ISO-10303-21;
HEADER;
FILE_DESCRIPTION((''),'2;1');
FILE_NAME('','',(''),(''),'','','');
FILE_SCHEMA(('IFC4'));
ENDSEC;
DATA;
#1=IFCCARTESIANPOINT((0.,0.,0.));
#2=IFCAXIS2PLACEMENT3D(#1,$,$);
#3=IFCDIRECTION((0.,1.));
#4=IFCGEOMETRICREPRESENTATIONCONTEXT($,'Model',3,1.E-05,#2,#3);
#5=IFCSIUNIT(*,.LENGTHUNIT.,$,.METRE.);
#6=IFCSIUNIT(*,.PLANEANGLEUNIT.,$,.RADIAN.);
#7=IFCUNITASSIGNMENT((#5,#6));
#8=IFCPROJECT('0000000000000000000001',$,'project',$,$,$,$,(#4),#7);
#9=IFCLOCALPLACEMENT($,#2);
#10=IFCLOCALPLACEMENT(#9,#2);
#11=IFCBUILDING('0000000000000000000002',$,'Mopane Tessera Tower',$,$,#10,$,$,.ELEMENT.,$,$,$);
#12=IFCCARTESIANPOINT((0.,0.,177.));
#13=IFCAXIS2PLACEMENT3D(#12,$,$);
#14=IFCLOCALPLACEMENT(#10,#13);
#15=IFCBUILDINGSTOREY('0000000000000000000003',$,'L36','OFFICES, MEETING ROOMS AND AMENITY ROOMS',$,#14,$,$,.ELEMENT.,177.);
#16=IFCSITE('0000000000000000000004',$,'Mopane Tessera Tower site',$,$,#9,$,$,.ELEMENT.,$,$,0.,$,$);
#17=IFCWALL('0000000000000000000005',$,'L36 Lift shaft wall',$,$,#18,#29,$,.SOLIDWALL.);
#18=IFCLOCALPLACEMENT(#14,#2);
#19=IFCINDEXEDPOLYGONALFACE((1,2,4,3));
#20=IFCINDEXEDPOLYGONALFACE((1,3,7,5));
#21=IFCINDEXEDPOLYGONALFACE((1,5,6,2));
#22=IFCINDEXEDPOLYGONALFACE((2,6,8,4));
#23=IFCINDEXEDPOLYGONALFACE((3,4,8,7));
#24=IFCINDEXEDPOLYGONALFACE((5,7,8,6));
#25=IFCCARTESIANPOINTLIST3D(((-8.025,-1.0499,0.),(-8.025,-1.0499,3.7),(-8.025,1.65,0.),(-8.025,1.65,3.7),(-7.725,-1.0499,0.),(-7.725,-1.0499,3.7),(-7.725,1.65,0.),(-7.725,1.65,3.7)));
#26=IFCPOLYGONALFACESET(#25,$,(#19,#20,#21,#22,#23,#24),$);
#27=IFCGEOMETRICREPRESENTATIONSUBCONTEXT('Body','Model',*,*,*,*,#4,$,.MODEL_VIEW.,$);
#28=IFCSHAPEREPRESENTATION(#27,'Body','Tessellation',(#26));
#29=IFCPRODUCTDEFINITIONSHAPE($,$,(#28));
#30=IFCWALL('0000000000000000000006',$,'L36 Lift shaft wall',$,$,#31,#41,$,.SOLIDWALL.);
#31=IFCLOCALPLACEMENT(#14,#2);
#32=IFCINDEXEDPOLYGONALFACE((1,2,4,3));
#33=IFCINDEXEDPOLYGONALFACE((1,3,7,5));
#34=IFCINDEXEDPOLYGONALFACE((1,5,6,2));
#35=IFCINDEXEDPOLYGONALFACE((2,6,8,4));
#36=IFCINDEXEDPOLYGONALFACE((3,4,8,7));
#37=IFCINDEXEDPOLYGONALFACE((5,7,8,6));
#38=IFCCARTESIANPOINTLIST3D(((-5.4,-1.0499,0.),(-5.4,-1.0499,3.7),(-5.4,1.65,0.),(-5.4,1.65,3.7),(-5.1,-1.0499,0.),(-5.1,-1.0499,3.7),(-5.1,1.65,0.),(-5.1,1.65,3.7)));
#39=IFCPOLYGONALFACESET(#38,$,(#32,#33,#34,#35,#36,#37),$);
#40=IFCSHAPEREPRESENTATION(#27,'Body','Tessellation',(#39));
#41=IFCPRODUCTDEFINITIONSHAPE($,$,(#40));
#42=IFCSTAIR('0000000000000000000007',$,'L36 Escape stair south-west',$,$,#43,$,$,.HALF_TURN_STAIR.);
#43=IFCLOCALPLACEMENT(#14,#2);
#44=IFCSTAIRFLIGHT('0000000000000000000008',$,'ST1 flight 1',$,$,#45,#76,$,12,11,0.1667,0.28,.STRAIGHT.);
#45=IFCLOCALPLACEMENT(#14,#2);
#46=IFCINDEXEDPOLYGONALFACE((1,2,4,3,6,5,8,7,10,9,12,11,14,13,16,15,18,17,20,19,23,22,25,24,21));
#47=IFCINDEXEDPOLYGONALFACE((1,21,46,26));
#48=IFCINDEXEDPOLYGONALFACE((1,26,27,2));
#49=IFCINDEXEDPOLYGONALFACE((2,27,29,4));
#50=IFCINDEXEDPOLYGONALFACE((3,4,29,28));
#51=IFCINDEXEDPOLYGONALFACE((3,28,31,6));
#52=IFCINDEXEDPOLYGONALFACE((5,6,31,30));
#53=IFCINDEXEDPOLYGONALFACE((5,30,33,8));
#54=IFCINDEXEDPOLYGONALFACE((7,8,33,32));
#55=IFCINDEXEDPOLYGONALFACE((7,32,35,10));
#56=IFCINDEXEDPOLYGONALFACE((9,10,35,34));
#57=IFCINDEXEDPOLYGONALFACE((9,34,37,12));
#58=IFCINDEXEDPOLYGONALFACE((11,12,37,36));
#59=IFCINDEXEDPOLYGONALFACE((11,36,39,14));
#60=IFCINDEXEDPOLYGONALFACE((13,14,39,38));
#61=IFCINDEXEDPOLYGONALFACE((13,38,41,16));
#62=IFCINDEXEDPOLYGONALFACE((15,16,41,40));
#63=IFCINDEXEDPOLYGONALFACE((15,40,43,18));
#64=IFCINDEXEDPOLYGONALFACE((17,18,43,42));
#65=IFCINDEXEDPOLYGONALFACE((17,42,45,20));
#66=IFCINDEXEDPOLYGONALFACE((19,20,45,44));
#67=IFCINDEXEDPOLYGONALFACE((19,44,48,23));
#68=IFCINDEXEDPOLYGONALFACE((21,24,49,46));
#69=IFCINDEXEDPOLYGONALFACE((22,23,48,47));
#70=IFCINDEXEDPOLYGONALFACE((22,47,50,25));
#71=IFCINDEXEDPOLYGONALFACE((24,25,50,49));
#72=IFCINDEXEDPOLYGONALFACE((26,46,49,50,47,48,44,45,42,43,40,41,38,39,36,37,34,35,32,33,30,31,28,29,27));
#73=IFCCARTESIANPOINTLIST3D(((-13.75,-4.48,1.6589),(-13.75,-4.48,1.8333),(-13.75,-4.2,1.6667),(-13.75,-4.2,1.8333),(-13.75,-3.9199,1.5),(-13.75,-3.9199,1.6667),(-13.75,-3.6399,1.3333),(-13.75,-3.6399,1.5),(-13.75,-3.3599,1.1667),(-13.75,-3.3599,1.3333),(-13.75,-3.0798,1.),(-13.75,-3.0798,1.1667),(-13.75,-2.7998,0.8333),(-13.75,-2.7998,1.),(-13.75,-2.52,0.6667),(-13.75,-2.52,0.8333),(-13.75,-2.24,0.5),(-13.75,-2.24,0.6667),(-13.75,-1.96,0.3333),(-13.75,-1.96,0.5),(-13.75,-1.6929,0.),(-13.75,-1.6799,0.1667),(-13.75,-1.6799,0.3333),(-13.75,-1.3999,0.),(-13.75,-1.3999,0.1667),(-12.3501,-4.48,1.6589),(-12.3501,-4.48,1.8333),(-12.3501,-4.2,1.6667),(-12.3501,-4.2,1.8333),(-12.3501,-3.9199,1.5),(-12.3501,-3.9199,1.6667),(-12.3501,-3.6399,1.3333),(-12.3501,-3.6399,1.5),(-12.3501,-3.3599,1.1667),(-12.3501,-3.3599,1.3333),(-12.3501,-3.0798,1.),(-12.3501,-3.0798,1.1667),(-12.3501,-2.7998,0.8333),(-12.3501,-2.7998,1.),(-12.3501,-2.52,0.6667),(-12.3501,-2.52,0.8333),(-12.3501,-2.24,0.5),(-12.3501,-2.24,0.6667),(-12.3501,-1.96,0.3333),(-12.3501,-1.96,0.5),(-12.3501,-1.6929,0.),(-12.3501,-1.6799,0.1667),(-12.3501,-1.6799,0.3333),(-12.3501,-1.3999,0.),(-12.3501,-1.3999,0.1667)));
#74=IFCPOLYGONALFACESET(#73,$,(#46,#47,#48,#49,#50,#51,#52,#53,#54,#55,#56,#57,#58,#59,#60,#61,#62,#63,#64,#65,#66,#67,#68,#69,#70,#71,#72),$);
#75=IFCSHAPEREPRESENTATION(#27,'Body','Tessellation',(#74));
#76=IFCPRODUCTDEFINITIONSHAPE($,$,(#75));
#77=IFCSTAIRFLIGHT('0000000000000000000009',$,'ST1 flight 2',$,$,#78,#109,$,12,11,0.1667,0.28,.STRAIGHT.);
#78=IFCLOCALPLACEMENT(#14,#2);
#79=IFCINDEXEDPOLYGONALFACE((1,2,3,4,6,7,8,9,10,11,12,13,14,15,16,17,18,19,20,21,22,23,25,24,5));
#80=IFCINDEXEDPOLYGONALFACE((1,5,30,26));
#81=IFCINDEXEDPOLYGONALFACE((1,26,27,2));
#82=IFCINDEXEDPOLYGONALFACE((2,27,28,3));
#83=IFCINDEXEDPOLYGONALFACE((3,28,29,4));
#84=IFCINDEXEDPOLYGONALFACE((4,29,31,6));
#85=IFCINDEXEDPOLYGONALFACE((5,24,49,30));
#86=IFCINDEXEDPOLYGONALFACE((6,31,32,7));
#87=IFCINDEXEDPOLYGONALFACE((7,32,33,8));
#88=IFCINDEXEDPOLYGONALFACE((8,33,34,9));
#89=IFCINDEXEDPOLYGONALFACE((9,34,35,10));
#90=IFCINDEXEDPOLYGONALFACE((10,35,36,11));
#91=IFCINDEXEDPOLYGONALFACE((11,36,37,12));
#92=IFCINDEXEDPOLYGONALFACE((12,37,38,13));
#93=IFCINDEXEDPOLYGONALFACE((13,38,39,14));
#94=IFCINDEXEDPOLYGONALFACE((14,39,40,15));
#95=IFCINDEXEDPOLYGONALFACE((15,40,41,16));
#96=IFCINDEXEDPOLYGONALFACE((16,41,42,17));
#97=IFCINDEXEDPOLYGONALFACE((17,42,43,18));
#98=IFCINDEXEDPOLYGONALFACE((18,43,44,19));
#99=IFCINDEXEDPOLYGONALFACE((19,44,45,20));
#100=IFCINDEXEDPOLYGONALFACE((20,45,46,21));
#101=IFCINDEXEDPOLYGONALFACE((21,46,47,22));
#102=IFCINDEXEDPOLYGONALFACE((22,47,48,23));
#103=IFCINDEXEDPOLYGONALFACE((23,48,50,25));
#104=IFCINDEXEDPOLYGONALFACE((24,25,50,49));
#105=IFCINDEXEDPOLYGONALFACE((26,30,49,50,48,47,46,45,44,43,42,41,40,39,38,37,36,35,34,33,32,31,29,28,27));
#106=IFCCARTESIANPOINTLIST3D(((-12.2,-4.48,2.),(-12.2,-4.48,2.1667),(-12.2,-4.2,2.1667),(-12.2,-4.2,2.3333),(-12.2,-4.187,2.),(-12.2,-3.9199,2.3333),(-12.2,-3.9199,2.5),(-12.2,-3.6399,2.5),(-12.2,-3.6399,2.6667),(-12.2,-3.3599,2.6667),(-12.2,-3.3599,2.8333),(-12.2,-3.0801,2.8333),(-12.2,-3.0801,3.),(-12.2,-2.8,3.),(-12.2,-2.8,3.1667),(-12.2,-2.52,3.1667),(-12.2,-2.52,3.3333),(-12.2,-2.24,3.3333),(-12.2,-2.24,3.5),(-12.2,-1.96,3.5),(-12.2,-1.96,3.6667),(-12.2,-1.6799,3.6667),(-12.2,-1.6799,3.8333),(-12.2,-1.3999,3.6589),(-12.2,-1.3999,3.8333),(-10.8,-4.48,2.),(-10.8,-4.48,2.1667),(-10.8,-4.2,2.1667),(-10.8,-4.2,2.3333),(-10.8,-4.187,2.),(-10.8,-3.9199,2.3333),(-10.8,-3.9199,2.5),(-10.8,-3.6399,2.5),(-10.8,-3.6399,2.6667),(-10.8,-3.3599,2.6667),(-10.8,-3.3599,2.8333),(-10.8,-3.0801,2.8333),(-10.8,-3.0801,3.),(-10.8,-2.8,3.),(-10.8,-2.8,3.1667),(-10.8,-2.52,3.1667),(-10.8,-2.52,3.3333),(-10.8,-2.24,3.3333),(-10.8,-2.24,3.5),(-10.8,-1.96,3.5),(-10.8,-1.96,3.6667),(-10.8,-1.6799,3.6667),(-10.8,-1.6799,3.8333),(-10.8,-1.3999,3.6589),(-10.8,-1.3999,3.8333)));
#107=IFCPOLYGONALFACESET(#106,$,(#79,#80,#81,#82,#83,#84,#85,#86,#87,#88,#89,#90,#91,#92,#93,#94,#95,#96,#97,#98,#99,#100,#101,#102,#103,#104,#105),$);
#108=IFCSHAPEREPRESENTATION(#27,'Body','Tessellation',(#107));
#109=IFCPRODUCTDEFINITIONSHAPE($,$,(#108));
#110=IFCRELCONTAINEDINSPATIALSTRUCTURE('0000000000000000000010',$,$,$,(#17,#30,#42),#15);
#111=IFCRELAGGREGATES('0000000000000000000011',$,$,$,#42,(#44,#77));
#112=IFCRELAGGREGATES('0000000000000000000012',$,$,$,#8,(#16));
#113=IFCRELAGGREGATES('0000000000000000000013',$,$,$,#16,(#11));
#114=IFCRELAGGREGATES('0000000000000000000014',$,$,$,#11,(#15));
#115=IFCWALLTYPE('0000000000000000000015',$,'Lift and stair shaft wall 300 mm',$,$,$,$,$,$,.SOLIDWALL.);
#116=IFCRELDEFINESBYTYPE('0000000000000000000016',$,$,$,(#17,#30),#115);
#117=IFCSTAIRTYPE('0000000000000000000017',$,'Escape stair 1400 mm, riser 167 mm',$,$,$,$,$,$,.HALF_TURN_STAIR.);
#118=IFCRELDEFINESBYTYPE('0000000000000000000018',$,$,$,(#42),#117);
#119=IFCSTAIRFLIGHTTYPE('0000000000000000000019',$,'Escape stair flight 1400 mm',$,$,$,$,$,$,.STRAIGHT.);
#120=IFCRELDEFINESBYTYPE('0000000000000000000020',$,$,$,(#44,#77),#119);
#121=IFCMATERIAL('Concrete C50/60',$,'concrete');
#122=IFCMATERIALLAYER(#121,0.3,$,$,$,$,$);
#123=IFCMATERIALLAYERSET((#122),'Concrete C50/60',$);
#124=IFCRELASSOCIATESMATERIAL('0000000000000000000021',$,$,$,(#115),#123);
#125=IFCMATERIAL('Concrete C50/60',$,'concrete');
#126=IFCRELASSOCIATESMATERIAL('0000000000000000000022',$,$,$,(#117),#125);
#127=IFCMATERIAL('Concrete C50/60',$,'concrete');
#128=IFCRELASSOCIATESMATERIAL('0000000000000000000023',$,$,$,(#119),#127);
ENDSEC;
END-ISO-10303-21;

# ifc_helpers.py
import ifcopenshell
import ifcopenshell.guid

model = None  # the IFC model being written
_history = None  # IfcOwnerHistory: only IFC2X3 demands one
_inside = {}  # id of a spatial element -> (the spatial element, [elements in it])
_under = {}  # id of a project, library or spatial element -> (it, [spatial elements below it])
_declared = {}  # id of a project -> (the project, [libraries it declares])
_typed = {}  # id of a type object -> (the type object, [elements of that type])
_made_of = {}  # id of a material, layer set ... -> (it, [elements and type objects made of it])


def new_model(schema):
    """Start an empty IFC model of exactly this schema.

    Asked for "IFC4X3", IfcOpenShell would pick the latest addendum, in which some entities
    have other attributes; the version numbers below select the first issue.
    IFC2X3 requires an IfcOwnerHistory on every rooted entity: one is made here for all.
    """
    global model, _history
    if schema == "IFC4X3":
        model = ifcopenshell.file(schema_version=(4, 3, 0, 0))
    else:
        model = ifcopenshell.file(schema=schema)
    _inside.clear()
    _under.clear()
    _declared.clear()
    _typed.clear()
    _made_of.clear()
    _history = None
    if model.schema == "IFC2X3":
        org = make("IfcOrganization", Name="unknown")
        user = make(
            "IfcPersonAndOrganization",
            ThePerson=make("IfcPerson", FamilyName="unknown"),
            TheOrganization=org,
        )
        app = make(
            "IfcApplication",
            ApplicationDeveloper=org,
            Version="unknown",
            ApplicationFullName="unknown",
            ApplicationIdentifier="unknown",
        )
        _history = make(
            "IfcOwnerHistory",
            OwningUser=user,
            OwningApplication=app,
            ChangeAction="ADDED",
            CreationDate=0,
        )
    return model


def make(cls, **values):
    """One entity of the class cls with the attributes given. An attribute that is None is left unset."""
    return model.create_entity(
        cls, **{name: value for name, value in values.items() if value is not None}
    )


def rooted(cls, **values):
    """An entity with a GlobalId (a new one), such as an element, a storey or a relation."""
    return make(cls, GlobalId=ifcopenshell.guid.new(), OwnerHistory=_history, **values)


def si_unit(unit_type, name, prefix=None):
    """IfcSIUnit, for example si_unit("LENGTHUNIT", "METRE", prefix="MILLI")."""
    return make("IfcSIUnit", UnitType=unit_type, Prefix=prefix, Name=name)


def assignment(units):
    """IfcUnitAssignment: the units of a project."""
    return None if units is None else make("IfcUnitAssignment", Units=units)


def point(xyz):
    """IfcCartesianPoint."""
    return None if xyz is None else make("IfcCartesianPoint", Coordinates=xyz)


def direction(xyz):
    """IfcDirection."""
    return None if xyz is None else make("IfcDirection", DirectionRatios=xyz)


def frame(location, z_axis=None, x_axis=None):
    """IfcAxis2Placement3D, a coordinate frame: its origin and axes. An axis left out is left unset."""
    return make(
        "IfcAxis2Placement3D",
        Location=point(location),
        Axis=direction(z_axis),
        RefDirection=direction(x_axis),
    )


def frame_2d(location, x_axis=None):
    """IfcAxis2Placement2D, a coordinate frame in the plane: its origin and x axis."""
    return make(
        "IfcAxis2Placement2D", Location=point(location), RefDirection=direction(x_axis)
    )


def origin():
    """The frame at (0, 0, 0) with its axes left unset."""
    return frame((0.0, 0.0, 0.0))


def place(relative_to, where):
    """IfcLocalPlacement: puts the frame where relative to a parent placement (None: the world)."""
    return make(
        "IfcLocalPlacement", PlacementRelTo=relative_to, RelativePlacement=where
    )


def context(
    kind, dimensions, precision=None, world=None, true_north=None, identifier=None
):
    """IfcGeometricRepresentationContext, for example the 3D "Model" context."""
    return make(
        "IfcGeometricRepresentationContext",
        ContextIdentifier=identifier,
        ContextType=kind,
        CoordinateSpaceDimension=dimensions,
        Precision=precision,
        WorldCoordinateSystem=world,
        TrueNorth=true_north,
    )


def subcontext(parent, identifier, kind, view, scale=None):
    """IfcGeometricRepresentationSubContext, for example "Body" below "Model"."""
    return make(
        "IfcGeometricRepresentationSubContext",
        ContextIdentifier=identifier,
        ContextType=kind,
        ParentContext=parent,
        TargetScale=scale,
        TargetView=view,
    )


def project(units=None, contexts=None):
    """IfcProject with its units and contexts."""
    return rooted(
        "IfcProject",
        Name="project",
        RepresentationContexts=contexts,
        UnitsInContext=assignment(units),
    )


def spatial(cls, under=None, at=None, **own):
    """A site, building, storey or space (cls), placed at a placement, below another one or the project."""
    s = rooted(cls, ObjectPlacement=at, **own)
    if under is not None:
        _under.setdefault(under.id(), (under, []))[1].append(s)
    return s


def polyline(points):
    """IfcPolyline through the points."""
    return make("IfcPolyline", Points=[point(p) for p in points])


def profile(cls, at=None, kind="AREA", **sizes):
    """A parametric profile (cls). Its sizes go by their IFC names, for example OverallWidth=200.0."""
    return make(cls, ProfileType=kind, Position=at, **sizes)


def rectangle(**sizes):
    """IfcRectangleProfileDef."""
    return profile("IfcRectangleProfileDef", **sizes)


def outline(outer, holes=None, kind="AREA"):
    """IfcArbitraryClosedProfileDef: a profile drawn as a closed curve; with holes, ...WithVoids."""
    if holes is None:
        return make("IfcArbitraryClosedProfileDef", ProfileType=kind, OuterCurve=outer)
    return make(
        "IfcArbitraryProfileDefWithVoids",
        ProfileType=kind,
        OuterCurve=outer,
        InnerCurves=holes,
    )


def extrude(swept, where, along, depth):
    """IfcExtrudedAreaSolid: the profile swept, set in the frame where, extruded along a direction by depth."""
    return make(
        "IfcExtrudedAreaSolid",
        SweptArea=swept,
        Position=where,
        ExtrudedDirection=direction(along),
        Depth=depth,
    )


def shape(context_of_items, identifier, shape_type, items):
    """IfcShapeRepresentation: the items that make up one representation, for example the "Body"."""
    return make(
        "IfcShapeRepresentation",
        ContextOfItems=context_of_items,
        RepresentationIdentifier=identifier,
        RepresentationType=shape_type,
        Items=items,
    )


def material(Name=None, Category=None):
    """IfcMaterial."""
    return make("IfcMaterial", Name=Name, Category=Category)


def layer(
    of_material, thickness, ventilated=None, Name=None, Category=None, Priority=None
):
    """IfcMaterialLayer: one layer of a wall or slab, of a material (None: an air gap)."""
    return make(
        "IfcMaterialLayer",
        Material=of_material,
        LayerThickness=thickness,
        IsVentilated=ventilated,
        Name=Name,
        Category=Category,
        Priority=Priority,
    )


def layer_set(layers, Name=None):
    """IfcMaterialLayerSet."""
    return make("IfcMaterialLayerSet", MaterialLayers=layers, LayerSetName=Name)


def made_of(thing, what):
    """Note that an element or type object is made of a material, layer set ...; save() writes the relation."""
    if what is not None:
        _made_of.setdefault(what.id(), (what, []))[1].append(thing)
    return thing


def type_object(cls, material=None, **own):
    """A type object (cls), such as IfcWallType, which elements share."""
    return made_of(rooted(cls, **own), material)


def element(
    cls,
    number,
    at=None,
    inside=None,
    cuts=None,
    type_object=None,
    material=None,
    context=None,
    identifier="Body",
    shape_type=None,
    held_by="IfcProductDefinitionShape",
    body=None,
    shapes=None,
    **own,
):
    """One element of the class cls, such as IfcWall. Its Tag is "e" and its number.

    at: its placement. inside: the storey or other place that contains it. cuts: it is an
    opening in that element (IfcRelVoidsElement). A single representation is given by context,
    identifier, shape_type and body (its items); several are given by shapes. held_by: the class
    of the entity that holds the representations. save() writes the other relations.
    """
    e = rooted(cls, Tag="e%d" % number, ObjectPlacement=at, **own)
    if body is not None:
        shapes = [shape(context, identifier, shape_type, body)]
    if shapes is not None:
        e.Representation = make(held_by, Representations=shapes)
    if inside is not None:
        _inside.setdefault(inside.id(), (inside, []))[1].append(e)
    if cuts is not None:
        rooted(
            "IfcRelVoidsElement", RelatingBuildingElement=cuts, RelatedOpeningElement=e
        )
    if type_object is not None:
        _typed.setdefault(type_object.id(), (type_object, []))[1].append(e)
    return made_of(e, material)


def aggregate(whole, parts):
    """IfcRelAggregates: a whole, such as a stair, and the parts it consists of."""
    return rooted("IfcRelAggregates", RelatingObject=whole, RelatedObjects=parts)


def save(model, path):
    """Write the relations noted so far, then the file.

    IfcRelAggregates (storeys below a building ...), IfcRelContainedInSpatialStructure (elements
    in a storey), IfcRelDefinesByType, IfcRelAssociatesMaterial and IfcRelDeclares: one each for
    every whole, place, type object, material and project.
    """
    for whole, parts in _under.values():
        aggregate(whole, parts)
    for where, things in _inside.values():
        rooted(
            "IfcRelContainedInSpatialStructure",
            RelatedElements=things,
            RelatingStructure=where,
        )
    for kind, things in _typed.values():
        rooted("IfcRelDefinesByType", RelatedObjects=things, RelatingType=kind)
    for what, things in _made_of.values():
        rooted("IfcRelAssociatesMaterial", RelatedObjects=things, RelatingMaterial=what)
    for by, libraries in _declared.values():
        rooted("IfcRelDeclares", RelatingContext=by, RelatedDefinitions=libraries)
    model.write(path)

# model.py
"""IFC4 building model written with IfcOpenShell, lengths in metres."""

from ifc_helpers import new_model, si_unit, direction, frame, frame_2d, origin, place, context, subcontext, project, spatial, polyline, rectangle, outline, extrude, material, layer, layer_set, type_object, element, aggregate, save


model = new_model("IFC4")

# Units and contexts
model_context = context("Model", 3, precision=1e-05, world=origin(), true_north=direction((0.0, 1.0)))
body_context = subcontext(model_context, "Body", "Model", "MODEL_VIEW")
ifc_project = project(units=[si_unit("LENGTHUNIT", "METRE"), si_unit("PLANEANGLEUNIT", "RADIAN")], contexts=[model_context])

# Site, building, storey
site_placement = place(None, origin())
site = spatial("IfcSite", under=ifc_project, at=site_placement, Name="Mopane Tessera Tower site", CompositionType="ELEMENT", RefElevation=0.0)
building_placement = place(site_placement, origin())
building = spatial("IfcBuilding", under=site, at=building_placement, Name="Mopane Tessera Tower", CompositionType="ELEMENT")
storey_placement = place(building_placement, frame((0.0, 0.0, 177.0)))
storey = spatial("IfcBuildingStorey", under=building, at=storey_placement, Name="L36", Description="OFFICES, MEETING ROOMS AND AMENITY ROOMS", CompositionType="ELEMENT", Elevation=177.0)

# Walls
ifc_material_1 = material(Name="Concrete C50/60", Category="concrete")
ifc_layer_1 = layer(ifc_material_1, 0.3)
ifc_layer_set_1 = layer_set([ifc_layer_1], Name="Concrete C50/60")
wall_type_1 = type_object("IfcWallType", Name="Lift and stair shaft wall 300 mm", PredefinedType="SOLIDWALL", material=ifc_layer_set_1)
for number, where, z_axis, x_axis, name in (
    (1, (-7.875, -1.05, 0.0), (0.0, 0.0, 1.0), (0.0, 1.0, 0.0), "L36 Lift shaft wall"),
    (2, (-5.25, -1.05, 0.0), (0.0, 0.0, 1.0), (0.0, 1.0, 0.0), "L36 Lift shaft wall"),
):
    element("IfcWall", number, at=place(storey_placement, frame(where, z_axis=z_axis, x_axis=x_axis)), inside=storey, type_object=wall_type_1, Name=name, PredefinedType="SOLIDWALL", context=body_context, shape_type="SweptSolid", body=[
        extrude(rectangle(XDim=2.7, YDim=0.3, at=frame_2d((1.3501, 0.0))), origin(), (0.0, 0.0, 1.0), 3.7),
    ])

# Stair, stair flights
ifc_material_2 = material(Name="Concrete C50/60", Category="concrete")
stair_type = type_object("IfcStairType", Name="Escape stair 1400 mm, riser 167 mm", PredefinedType="HALF_TURN_STAIR", material=ifc_material_2)
stair_placement = place(storey_placement, origin())
stair = element("IfcStair", 3, at=stair_placement, inside=storey, type_object=stair_type, Name="L36 Escape stair south-west", PredefinedType="HALF_TURN_STAIR")
ifc_material_3 = material(Name="Concrete C50/60", Category="concrete")
stair_flight_type = type_object("IfcStairFlightType", Name="Escape stair flight 1400 mm", PredefinedType="STRAIGHT", material=ifc_material_3)
stair_flight_1_placement = place(storey_placement, frame((-13.05, -1.3999, 0.0), z_axis=(0.0, 0.0, 1.0), x_axis=(0.0, -1.0, 0.0)))
stair_flight_1 = element("IfcStairFlight", 4, at=stair_flight_1_placement, type_object=stair_flight_type, Name="ST1 flight 1", NumberOfRisers=12, NumberOfTreads=11, PredefinedType="STRAIGHT", RiserHeight=0.1667, TreadLength=0.28, context=body_context, shape_type="SweptSolid", body=[
    extrude(outline(polyline([(0.0, 0.0), (0.0, 0.1667), (0.28, 0.1667), (0.28, 0.3333), (0.5601, 0.3333), (0.5601, 0.5), (0.8401, 0.5), (0.8401, 0.6667), (1.1201, 0.6667), (1.1201, 0.8333), (1.3999, 0.8333), (1.3999, 1.0), (1.6799, 1.0), (1.6799, 1.1667), (1.96, 1.1667), (1.96, 1.3333), (2.24, 1.3333), (2.24, 1.5), (2.52, 1.5), (2.52, 1.6667), (2.8, 1.6667), (2.8, 1.8333), (3.0801, 1.8333), (3.0801, 2.0), (3.0801, 1.6589), (0.293, 0.0), (0.0, 0.0)])), frame((0.0, 0.7, 0.0), z_axis=(0.0, -1.0, 0.0), x_axis=(1.0, 0.0, 0.0)), (0.0, 0.0, 1.0), 1.3999),
])
stair_flight_2_placement = place(storey_placement, frame((-11.5, -4.48, 2.0), z_axis=(0.0, 0.0, 1.0), x_axis=(0.0, 1.0, 0.0)))
stair_flight_2 = element("IfcStairFlight", 5, at=stair_flight_2_placement, type_object=stair_flight_type, Name="ST1 flight 2", NumberOfRisers=12, NumberOfTreads=11, PredefinedType="STRAIGHT", RiserHeight=0.1667, TreadLength=0.28, context=body_context, shape_type="SweptSolid", body=[
    extrude(outline(polyline([(0.0, 0.0), (0.0, 0.1667), (0.28, 0.1667), (0.28, 0.3333), (0.5601, 0.3333), (0.5601, 0.5), (0.8401, 0.5), (0.8401, 0.6667), (1.1201, 0.6667), (1.1201, 0.8333), (1.3999, 0.8333), (1.3999, 1.0), (1.6799, 1.0), (1.6799, 1.1667), (1.96, 1.1667), (1.96, 1.3333), (2.24, 1.3333), (2.24, 1.5), (2.52, 1.5), (2.52, 1.6667), (2.8, 1.6667), (2.8, 1.8333), (3.0801, 1.8333), (3.0801, 2.0), (3.0801, 1.6589), (0.293, 0.0), (0.0, 0.0)])), frame((0.0, 0.7, 0.0), z_axis=(0.0, -1.0, 0.0), x_axis=(1.0, 0.0, 0.0)), (0.0, 0.0, 1.0), 1.3999),
])
aggregate(stair, [stair_flight_1, stair_flight_2])

save(model, "model.ifc")
